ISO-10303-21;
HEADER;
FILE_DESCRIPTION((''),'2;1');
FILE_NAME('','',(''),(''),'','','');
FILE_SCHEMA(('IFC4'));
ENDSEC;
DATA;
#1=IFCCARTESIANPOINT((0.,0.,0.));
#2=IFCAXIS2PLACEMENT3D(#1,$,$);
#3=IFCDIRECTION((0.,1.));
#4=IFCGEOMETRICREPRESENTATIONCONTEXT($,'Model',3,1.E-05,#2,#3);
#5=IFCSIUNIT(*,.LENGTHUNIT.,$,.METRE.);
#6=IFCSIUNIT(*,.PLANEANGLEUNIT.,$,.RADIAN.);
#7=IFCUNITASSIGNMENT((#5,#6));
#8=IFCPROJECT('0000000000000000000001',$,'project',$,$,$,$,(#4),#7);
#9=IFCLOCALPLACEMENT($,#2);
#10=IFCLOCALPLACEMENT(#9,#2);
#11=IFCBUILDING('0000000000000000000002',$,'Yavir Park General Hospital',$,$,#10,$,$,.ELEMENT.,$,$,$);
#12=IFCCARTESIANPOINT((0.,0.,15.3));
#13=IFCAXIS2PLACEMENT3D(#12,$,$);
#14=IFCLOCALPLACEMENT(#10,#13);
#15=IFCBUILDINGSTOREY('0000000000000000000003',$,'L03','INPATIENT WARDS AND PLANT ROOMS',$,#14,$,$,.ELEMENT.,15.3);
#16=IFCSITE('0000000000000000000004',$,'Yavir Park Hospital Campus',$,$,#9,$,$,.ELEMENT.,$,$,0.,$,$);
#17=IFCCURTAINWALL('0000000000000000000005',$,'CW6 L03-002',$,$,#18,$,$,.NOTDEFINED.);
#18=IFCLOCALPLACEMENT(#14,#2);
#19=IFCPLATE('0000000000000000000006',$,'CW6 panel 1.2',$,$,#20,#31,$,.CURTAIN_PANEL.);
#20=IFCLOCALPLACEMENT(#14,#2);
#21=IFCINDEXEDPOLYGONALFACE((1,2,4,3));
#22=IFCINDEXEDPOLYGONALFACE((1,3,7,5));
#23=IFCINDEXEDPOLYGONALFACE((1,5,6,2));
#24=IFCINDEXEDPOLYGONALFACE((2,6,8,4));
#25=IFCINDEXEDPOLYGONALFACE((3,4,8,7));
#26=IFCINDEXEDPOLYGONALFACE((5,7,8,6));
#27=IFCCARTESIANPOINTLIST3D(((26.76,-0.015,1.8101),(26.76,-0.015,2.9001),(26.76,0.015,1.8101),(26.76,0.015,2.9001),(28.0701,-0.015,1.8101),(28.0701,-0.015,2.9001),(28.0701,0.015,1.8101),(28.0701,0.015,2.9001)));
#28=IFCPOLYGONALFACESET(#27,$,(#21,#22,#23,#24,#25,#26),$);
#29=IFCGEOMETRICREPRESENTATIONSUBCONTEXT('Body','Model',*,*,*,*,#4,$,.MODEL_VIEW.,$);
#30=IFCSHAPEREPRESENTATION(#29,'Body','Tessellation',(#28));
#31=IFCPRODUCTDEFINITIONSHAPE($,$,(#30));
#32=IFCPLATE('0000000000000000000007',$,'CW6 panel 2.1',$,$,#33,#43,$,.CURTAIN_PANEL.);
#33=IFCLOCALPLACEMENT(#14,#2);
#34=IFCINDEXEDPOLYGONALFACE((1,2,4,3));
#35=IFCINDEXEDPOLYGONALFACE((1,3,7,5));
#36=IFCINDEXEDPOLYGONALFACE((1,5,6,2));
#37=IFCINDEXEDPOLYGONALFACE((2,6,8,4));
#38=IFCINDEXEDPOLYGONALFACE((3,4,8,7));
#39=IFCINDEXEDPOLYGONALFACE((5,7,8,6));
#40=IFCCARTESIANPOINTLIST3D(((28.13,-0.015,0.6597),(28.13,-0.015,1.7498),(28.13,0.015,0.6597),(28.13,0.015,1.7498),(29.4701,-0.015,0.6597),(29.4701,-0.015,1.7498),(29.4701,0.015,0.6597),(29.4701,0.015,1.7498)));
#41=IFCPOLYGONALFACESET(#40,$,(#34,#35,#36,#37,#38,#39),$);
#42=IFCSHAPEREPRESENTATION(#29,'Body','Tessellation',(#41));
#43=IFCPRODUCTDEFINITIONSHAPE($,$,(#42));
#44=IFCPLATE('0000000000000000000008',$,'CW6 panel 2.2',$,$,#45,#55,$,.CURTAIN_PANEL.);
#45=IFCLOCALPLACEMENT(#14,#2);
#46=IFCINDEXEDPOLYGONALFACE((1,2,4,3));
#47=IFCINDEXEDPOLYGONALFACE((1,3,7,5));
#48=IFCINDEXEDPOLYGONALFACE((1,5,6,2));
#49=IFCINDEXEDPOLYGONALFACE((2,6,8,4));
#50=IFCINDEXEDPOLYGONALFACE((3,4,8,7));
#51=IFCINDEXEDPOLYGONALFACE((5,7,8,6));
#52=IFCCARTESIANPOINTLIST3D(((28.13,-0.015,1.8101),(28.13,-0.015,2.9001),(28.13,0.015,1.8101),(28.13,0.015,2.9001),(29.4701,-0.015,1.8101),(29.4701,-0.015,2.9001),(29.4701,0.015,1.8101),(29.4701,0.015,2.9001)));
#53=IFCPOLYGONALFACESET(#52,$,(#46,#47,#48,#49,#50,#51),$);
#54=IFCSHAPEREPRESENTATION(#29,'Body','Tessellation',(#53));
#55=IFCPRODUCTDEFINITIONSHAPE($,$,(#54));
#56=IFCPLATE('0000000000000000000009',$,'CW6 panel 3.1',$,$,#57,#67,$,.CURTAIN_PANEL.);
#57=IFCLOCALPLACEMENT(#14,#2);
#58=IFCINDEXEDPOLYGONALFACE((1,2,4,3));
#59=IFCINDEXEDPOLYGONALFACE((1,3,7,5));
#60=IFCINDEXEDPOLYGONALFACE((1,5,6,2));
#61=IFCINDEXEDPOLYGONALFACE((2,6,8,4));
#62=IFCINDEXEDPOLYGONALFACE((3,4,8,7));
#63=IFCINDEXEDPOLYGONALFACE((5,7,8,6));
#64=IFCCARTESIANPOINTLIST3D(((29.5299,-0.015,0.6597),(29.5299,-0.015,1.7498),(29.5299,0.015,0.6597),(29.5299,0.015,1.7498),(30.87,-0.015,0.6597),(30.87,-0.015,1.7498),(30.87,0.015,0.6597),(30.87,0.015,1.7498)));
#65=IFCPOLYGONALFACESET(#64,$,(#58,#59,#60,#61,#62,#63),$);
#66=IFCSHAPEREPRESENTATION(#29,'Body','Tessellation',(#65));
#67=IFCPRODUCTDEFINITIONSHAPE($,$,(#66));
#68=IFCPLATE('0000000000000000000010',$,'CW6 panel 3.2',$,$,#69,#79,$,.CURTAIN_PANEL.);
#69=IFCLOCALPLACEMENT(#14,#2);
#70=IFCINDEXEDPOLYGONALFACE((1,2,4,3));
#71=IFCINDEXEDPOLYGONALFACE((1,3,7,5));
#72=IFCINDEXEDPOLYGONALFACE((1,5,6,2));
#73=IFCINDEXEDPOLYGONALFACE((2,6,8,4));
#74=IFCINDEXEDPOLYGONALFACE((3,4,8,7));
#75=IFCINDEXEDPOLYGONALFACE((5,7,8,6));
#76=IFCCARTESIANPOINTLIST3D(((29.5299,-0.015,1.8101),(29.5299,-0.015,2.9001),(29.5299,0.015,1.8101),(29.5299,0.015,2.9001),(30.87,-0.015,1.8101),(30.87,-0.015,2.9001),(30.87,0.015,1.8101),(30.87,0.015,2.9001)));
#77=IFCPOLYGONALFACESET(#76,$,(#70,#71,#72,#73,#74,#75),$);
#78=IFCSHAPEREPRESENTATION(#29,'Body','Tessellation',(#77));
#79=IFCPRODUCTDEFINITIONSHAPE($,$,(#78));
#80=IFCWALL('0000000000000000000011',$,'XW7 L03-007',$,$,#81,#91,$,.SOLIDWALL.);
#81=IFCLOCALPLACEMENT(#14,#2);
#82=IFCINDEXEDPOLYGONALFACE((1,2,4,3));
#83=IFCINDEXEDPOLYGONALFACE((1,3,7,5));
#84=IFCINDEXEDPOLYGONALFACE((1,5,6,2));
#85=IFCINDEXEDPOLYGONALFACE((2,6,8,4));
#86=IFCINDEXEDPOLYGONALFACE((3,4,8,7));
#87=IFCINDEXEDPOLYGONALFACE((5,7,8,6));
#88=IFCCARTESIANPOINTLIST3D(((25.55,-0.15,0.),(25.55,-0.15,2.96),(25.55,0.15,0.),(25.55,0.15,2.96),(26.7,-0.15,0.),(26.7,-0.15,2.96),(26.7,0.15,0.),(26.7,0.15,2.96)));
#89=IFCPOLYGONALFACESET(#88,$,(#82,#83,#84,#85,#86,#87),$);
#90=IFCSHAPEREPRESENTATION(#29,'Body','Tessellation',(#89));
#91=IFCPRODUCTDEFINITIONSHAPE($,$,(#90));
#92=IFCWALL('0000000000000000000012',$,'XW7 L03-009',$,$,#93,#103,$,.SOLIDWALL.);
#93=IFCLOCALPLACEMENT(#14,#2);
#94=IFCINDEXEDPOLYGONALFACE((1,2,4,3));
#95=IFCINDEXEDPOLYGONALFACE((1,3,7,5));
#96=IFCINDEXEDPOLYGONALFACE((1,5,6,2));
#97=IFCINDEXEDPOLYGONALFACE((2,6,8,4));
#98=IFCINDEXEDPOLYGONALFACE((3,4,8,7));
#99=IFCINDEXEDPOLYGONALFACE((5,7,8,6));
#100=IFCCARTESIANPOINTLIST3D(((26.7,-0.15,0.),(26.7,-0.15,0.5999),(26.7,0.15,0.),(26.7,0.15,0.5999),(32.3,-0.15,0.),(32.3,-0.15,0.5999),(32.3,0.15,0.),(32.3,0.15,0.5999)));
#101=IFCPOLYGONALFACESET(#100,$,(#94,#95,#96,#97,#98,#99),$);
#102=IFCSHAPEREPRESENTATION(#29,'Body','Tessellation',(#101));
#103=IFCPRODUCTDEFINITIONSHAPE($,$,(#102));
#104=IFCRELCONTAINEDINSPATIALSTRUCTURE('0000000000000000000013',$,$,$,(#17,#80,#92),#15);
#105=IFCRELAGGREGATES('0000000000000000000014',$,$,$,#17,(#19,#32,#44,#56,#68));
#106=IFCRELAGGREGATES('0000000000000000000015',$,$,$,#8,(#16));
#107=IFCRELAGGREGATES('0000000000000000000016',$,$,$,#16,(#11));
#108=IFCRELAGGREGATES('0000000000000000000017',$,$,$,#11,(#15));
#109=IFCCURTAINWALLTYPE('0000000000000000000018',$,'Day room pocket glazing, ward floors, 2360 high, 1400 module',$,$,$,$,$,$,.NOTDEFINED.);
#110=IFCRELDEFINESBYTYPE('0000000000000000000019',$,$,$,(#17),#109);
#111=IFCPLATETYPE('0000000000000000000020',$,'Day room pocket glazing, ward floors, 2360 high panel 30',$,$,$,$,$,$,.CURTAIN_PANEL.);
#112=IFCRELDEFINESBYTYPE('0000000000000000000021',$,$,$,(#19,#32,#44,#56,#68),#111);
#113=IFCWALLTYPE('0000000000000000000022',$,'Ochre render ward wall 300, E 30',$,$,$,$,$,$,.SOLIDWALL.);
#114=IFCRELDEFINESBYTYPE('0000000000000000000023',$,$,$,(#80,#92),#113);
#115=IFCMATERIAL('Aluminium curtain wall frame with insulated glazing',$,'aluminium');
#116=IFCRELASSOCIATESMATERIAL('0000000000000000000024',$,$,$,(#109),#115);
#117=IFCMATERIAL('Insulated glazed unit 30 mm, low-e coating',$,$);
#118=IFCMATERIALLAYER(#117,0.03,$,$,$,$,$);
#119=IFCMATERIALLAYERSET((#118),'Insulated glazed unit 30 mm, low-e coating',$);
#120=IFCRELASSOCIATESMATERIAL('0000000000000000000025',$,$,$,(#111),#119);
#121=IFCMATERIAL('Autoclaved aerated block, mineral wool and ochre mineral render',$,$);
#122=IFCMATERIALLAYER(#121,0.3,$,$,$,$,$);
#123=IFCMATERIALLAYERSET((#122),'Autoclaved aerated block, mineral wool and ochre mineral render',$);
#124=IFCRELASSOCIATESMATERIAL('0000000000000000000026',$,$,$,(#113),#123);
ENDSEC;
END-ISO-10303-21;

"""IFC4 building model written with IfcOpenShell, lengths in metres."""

from ifc_helpers import new_model, si_unit, direction, frame, frame_2d, origin, origin_2d, place, context, subcontext, project, spatial, rectangle, extrude, material, layer, layer_set, type_object, element, aggregate, save


model = new_model("IFC4")

# Units and contexts
model_context = context("Model", 3, precision=1e-05, world=origin(), true_north=direction((0.0, 1.0)))
body_context = subcontext(model_context, "Body", "Model", "MODEL_VIEW")
ifc_project = project(units=[si_unit("LENGTHUNIT", "METRE"), si_unit("PLANEANGLEUNIT", "RADIAN")], contexts=[model_context])

# Site, building, storey
site_placement = place(None, origin())
site = spatial("IfcSite", under=ifc_project, at=site_placement, Name="Yavir Park Hospital Campus", CompositionType="ELEMENT", RefElevation=0.0)
building_placement = place(site_placement, origin())
building = spatial("IfcBuilding", under=site, at=building_placement, Name="Yavir Park General Hospital", CompositionType="ELEMENT")
storey_placement = place(building_placement, frame((0.0, 0.0, 15.3)))
storey = spatial("IfcBuildingStorey", under=building, at=storey_placement, Name="L03", Description="INPATIENT WARDS AND PLANT ROOMS", CompositionType="ELEMENT", Elevation=15.3)

# Curtain wall
ifc_material_1 = material(Name="Aluminium curtain wall frame with insulated glazing", Category="aluminium")
curtain_wall_type = type_object("IfcCurtainWallType", Name="Day room pocket glazing, ward floors, 2360 high, 1400 module", PredefinedType="NOTDEFINED", material=ifc_material_1)
curtain_wall_placement = place(storey_placement, origin())
curtain_wall = element("IfcCurtainWall", 1, at=curtain_wall_placement, inside=storey, type_object=curtain_wall_type, Name="CW6 L03-002", PredefinedType="NOTDEFINED")

# Plates
ifc_material_2 = material(Name="Insulated glazed unit 30 mm, low-e coating")
ifc_layer_1 = layer(ifc_material_2, 0.03)
ifc_layer_set_1 = layer_set([ifc_layer_1], Name="Insulated glazed unit 30 mm, low-e coating")
plate_type = type_object("IfcPlateType", Name="Day room pocket glazing, ward floors, 2360 high panel 30", PredefinedType="CURTAIN_PANEL", material=ifc_layer_set_1)
plate_1_placement = place(storey_placement, frame((27.415, 0.0, 1.8101), z_axis=(0.0, 0.0, 1.0), x_axis=(1.0, 0.0, 0.0)))
plate_1 = element("IfcPlate", 2, at=plate_1_placement, type_object=plate_type, Name="CW6 panel 1.2", PredefinedType="CURTAIN_PANEL", context=body_context, shape_type="SweptSolid", body=[
    extrude(rectangle(XDim=1.3101, YDim=0.03, at=origin_2d()), origin(), (0.0, 0.0, 1.0), 1.0901),
])
plate_2_placement = place(storey_placement, frame((28.8, 0.0, 0.6597), z_axis=(0.0, 0.0, 1.0), x_axis=(1.0, 0.0, 0.0)))
plate_2 = element("IfcPlate", 3, at=plate_2_placement, type_object=plate_type, Name="CW6 panel 2.1", PredefinedType="CURTAIN_PANEL", context=body_context, shape_type="SweptSolid", body=[
    extrude(rectangle(XDim=1.3401, YDim=0.03, at=origin_2d()), origin(), (0.0, 0.0, 1.0), 1.0901),
])
plate_3_placement = place(storey_placement, frame((28.8, 0.0, 1.8101), z_axis=(0.0, 0.0, 1.0), x_axis=(1.0, 0.0, 0.0)))
plate_3 = element("IfcPlate", 4, at=plate_3_placement, type_object=plate_type, Name="CW6 panel 2.2", PredefinedType="CURTAIN_PANEL", context=body_context, shape_type="SweptSolid", body=[
    extrude(rectangle(XDim=1.3401, YDim=0.03, at=origin_2d()), origin(), (0.0, 0.0, 1.0), 1.0901),
])
plate_4_placement = place(storey_placement, frame((30.2, 0.0, 0.6597), z_axis=(0.0, 0.0, 1.0), x_axis=(1.0, 0.0, 0.0)))
plate_4 = element("IfcPlate", 5, at=plate_4_placement, type_object=plate_type, Name="CW6 panel 3.1", PredefinedType="CURTAIN_PANEL", context=body_context, shape_type="SweptSolid", body=[
    extrude(rectangle(XDim=1.3401, YDim=0.03, at=origin_2d()), origin(), (0.0, 0.0, 1.0), 1.0901),
])
plate_5_placement = place(storey_placement, frame((30.2, 0.0, 1.8101), z_axis=(0.0, 0.0, 1.0), x_axis=(1.0, 0.0, 0.0)))
plate_5 = element("IfcPlate", 6, at=plate_5_placement, type_object=plate_type, Name="CW6 panel 3.2", PredefinedType="CURTAIN_PANEL", context=body_context, shape_type="SweptSolid", body=[
    extrude(rectangle(XDim=1.3401, YDim=0.03, at=origin_2d()), origin(), (0.0, 0.0, 1.0), 1.0901),
])
aggregate(curtain_wall, [plate_1, plate_2, plate_3, plate_4, plate_5])

# Walls
ifc_material_3 = material(Name="Autoclaved aerated block, mineral wool and ochre mineral render")
ifc_layer_2 = layer(ifc_material_3, 0.3)
ifc_layer_set_2 = layer_set([ifc_layer_2], Name="Autoclaved aerated block, mineral wool and ochre mineral render")
wall_type = type_object("IfcWallType", Name="Ochre render ward wall 300, E 30", PredefinedType="SOLIDWALL", material=ifc_layer_set_2)
wall_1_placement = place(storey_placement, frame((25.55, 0.0, 0.0), z_axis=(0.0, 0.0, 1.0), x_axis=(1.0, 0.0, 0.0)))
element("IfcWall", 7, at=wall_1_placement, inside=storey, type_object=wall_type, Name="XW7 L03-007", PredefinedType="SOLIDWALL", context=body_context, shape_type="SweptSolid", body=[
    extrude(rectangle(XDim=1.1499, YDim=0.3, at=frame_2d((0.575, 0.0))), origin(), (0.0, 0.0, 1.0), 2.96),
])
wall_2_placement = place(storey_placement, frame((26.7, 0.0, 0.0), z_axis=(0.0, 0.0, 1.0), x_axis=(1.0, 0.0, 0.0)))
element("IfcWall", 8, at=wall_2_placement, inside=storey, type_object=wall_type, Name="XW7 L03-009", PredefinedType="SOLIDWALL", context=body_context, shape_type="SweptSolid", body=[
    extrude(rectangle(XDim=5.6001, YDim=0.3, at=frame_2d((2.8, 0.0))), origin(), (0.0, 0.0, 1.0), 0.5999),
])

save(model, "model.ifc")
